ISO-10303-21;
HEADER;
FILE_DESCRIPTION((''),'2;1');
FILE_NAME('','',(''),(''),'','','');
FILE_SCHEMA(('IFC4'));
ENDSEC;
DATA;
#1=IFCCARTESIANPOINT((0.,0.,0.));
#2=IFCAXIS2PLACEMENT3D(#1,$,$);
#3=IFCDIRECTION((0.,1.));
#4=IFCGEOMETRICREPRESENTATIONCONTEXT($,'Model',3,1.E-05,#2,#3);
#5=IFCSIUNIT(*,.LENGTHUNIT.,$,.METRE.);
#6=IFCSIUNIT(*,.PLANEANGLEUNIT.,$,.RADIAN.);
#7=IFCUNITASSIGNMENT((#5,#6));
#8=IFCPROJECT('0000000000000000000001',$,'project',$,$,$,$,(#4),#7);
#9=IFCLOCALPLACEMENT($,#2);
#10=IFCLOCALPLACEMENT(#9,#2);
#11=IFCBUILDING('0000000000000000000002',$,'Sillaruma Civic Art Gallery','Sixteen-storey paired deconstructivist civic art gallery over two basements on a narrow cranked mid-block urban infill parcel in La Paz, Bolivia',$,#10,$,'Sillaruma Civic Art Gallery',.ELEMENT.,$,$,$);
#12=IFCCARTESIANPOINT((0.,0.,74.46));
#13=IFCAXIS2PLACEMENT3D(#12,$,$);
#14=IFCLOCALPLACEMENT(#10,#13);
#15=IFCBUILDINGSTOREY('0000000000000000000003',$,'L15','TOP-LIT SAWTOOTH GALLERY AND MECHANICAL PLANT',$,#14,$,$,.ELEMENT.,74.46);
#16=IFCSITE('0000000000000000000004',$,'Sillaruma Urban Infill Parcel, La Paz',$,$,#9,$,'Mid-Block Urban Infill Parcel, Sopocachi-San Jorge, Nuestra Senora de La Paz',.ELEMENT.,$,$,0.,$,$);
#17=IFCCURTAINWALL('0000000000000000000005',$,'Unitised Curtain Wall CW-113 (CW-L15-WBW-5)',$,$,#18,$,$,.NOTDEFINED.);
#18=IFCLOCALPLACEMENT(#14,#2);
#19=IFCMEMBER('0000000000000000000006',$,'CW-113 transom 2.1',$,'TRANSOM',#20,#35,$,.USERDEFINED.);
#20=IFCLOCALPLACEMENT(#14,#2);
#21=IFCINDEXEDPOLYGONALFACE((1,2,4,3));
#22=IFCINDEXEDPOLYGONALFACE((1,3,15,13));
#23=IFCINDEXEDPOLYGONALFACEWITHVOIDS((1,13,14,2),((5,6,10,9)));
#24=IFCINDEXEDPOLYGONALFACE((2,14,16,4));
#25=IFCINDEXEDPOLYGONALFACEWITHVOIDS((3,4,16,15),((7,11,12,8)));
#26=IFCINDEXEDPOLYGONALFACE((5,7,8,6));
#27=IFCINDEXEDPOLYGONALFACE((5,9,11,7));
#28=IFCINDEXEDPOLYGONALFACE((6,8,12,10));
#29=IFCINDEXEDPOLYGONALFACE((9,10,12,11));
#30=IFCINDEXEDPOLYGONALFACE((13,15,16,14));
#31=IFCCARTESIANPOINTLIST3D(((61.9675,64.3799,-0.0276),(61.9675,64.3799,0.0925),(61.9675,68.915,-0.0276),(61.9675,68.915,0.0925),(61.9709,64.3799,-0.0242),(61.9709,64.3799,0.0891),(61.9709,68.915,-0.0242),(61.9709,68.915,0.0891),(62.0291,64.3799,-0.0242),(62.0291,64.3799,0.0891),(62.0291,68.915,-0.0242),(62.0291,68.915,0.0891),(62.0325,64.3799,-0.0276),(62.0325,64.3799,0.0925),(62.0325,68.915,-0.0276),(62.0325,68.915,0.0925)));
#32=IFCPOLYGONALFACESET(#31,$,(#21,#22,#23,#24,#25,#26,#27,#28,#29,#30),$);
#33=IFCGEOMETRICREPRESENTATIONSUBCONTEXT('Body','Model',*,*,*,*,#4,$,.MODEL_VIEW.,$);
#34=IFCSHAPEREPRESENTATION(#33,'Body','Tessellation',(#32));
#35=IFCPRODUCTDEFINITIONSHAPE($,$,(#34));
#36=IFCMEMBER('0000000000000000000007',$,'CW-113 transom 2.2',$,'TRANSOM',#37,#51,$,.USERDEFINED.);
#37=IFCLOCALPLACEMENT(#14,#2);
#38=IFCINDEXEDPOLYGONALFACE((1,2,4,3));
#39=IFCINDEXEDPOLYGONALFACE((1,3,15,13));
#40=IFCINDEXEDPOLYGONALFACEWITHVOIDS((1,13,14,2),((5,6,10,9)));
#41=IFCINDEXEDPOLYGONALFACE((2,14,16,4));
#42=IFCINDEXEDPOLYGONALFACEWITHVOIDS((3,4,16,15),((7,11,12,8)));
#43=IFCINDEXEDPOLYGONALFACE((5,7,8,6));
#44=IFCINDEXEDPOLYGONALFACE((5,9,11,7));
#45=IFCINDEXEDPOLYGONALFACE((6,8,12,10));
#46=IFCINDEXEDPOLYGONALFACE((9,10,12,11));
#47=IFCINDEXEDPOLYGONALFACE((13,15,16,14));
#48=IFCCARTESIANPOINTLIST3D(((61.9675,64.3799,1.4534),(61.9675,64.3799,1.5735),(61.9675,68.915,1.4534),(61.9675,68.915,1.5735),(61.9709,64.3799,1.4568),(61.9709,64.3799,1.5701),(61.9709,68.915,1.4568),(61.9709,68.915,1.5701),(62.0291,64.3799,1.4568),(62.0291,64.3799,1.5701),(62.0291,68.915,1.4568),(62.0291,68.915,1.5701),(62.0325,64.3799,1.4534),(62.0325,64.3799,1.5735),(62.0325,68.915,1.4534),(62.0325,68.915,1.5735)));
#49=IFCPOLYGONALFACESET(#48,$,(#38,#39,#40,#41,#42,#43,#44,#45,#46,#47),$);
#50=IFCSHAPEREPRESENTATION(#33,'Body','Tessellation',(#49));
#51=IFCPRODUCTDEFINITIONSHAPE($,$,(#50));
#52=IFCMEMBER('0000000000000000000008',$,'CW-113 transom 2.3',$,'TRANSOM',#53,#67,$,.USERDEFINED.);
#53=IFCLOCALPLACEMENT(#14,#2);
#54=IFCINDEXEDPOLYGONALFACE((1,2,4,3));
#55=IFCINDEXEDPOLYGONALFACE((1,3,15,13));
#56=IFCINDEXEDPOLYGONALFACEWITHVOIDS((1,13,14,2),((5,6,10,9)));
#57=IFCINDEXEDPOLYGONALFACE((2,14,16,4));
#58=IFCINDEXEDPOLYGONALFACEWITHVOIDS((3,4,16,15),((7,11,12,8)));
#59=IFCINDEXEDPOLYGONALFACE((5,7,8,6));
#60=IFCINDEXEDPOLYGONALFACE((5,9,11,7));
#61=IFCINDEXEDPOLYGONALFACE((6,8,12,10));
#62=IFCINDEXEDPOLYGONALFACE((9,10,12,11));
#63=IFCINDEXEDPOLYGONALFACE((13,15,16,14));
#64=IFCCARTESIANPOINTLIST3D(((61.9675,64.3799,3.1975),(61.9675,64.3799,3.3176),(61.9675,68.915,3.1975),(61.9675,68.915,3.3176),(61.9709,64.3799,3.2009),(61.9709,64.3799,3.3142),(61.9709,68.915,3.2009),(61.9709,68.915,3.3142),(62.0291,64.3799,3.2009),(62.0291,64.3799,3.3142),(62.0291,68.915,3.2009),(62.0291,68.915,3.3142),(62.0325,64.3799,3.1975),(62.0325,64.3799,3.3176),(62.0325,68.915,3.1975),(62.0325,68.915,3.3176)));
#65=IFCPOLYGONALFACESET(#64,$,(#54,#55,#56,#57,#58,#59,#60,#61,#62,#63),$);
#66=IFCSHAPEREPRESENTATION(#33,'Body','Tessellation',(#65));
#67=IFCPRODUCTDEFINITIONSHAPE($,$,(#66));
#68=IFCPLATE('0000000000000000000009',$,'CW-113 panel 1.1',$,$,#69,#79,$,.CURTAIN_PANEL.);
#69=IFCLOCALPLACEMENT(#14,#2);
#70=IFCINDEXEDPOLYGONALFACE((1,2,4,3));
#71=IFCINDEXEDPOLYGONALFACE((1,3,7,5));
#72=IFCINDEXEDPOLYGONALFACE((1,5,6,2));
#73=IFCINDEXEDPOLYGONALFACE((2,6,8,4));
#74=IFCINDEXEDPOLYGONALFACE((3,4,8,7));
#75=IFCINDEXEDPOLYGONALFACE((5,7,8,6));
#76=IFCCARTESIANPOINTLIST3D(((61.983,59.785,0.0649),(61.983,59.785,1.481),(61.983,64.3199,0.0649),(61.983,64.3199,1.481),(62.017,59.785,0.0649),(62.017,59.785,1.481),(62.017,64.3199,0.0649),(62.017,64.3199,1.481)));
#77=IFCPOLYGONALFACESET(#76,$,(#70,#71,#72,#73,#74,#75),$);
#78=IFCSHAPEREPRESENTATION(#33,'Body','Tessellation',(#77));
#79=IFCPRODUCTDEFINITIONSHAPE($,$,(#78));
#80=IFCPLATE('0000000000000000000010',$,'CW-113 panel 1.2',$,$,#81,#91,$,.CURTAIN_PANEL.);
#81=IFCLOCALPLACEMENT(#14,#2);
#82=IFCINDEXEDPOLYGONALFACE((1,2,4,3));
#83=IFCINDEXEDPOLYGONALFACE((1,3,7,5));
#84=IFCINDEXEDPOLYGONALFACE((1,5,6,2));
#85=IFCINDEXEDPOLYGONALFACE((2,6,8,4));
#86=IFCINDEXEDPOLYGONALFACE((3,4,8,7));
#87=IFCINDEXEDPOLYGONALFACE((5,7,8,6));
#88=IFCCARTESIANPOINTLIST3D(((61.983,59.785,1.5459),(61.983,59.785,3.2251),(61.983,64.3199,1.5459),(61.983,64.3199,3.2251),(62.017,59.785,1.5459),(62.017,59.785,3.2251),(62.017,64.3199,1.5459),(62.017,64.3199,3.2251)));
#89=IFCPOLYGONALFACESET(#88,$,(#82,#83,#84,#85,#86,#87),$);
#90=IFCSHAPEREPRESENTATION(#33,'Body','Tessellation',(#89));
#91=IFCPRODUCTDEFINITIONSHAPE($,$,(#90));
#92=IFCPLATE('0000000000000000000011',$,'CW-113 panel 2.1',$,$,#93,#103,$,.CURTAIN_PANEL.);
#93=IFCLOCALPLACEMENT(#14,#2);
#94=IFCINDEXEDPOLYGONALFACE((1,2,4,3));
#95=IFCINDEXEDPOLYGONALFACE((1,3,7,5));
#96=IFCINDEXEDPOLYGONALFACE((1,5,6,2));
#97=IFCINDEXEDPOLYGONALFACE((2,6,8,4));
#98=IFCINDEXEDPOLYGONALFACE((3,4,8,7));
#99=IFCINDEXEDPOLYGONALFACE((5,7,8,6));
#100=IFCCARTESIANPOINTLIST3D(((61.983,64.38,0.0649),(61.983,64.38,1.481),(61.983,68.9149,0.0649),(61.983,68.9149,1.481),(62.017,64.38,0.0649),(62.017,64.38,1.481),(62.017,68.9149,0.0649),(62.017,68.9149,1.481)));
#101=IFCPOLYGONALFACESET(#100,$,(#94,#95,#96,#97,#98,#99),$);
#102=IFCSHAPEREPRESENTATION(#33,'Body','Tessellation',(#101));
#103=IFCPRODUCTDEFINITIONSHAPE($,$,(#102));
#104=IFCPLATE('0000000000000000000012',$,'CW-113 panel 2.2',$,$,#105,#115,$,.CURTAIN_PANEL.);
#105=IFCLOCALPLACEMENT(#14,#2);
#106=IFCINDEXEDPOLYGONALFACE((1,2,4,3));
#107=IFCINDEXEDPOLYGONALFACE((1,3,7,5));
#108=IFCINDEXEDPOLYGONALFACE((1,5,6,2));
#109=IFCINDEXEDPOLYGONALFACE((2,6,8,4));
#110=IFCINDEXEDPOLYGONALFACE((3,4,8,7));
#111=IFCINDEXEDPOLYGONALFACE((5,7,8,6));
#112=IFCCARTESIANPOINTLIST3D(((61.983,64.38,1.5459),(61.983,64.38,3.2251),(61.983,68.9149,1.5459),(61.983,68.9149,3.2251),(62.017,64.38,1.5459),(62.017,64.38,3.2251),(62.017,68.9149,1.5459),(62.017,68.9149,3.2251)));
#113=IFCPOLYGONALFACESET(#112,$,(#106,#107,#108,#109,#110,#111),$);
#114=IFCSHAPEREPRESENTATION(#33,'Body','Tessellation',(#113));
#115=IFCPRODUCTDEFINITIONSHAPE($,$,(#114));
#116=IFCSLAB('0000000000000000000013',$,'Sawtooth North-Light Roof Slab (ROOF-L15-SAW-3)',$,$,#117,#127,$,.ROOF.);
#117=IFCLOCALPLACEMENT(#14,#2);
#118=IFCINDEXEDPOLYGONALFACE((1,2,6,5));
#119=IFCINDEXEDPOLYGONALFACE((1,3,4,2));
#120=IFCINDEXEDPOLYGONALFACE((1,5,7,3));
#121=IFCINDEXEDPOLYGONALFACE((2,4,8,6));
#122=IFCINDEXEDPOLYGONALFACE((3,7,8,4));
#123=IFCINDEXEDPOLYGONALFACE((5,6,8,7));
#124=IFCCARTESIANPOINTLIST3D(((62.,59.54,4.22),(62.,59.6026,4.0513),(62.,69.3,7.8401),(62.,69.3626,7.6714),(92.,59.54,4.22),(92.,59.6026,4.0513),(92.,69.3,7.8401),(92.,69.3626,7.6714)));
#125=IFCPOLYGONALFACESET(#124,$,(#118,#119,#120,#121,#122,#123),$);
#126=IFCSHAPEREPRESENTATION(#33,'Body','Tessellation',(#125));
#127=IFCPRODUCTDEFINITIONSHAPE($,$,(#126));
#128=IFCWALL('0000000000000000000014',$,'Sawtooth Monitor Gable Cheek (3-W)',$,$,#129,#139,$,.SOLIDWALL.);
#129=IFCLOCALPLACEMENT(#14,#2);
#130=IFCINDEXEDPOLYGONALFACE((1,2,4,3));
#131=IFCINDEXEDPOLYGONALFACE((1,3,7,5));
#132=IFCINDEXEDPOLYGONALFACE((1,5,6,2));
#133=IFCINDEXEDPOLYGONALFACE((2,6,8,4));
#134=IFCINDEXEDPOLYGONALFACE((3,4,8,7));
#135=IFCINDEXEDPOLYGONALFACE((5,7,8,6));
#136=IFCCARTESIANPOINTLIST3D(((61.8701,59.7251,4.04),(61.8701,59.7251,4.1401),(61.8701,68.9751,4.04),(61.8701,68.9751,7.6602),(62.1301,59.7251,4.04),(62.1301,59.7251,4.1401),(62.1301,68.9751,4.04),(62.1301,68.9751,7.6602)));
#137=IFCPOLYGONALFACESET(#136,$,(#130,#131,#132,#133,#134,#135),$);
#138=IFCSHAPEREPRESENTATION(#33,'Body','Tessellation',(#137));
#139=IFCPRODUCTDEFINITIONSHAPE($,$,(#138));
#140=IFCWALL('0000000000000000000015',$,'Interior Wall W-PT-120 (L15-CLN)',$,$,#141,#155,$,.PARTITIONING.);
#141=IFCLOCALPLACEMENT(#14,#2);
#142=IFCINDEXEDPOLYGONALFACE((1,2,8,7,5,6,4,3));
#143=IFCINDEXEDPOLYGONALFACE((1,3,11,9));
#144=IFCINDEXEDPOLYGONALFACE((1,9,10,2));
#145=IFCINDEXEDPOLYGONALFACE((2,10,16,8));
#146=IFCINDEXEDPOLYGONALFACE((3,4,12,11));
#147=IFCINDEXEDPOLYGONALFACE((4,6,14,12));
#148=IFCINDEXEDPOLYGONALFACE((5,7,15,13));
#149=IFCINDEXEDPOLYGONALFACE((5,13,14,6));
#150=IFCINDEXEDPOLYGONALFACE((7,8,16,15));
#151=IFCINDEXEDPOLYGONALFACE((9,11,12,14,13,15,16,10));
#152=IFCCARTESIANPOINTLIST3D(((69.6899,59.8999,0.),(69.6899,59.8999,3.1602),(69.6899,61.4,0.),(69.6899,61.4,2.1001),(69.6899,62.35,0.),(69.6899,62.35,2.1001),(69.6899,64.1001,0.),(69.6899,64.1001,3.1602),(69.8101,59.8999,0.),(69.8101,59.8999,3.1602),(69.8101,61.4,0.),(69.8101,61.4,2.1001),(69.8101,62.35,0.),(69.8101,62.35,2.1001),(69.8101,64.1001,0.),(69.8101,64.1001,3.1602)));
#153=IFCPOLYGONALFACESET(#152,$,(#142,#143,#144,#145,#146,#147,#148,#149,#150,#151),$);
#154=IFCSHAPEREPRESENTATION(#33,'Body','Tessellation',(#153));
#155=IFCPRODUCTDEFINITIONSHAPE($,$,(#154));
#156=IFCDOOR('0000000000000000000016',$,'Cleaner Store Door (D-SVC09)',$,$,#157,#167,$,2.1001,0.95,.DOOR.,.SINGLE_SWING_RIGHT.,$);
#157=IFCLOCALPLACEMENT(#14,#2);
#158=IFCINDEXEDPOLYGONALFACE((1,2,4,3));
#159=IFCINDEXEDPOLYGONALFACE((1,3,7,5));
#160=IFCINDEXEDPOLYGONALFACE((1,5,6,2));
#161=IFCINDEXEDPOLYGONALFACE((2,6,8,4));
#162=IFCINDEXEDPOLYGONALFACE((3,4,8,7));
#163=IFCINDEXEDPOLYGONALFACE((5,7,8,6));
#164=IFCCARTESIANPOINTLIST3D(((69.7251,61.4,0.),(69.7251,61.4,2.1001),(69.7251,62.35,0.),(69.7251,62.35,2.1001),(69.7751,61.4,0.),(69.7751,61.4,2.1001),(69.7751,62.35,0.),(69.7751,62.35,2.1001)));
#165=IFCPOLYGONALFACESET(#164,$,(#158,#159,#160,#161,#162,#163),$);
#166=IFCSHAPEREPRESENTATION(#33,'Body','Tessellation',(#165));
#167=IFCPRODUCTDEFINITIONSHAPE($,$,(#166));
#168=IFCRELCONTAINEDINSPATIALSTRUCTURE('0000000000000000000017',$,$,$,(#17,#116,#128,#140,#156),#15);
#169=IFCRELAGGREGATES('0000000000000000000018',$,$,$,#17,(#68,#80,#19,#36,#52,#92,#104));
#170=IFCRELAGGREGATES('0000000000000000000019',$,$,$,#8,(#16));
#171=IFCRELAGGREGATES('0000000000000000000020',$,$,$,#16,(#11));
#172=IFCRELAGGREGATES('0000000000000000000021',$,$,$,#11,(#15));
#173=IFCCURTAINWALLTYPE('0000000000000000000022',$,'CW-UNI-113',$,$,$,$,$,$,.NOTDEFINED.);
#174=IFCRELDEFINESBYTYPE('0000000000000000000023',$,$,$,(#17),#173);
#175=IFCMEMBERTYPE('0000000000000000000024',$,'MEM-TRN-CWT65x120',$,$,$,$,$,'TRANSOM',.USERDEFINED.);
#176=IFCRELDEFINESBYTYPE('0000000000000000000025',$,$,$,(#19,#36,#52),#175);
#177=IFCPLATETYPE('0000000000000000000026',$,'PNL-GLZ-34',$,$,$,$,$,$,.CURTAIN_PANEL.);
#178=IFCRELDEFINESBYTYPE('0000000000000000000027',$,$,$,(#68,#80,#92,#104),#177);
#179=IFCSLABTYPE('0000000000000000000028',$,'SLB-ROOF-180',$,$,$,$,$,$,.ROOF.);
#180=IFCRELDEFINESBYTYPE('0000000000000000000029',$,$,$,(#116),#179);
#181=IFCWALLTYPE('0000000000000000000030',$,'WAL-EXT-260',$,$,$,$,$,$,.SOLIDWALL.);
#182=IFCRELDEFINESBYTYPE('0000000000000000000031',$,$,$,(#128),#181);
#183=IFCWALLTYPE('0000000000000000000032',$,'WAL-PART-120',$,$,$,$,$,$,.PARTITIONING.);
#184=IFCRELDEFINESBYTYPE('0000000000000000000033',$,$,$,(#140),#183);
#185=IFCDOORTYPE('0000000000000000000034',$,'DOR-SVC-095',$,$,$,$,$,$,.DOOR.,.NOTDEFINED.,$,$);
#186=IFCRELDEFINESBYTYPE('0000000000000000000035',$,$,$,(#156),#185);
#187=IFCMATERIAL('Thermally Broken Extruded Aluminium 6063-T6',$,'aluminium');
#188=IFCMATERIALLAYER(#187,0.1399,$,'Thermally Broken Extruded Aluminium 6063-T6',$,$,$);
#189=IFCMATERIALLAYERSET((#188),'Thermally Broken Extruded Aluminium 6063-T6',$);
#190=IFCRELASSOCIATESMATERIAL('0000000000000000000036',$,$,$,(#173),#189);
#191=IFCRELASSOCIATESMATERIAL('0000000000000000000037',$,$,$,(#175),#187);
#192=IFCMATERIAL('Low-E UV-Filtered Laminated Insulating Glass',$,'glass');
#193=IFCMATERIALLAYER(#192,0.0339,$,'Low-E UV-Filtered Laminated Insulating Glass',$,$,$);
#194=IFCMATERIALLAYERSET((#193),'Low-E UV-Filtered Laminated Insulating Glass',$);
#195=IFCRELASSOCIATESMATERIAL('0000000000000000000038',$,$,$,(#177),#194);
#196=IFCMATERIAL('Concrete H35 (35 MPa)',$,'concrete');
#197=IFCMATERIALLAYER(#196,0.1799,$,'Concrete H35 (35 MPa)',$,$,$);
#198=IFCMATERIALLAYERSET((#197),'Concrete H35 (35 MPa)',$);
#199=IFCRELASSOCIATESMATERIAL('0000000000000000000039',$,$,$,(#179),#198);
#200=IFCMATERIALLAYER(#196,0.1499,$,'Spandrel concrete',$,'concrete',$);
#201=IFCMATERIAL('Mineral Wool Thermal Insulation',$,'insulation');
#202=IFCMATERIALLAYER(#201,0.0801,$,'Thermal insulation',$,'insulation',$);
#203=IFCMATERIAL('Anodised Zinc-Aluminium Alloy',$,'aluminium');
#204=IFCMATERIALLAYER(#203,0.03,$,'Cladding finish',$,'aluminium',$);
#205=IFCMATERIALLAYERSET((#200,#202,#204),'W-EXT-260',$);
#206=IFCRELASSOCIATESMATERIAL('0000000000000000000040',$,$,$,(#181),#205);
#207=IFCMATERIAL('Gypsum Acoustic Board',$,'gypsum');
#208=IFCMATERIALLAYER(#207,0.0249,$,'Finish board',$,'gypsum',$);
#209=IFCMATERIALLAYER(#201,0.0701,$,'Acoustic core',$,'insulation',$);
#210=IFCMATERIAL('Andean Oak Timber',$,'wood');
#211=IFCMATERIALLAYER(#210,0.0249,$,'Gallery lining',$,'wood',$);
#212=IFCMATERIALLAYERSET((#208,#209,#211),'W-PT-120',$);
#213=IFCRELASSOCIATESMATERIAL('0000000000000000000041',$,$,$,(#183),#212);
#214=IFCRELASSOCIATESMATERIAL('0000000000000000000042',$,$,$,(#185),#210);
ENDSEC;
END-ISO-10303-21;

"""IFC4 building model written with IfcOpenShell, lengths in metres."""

from ifc_helpers import new_model, si_unit, direction, frame, frame_2d, origin, origin_2d, place, context, subcontext, project, spatial, polyline, rectangle, hollow_rectangle, outline, extrude, material, layer, layer_set, material_profile, profile_set, type_object, element, fill, aggregate, save


model = new_model("IFC4")

# Units and contexts
model_context = context("Model", 3, precision=1e-05, world=origin(), true_north=direction((0.0, 1.0)))
body_context = subcontext(model_context, "Body", "Model", "MODEL_VIEW")
ifc_project = project(units=[si_unit("LENGTHUNIT", "METRE"), si_unit("PLANEANGLEUNIT", "RADIAN")], contexts=[model_context])

# Site, building, storey
site_placement = place(None, origin())
site = spatial("IfcSite", under=ifc_project, at=site_placement, Name="Sillaruma Urban Infill Parcel, La Paz", LongName="Mid-Block Urban Infill Parcel, Sopocachi-San Jorge, Nuestra Senora de La Paz", CompositionType="ELEMENT", RefElevation=0.0)
building_placement = place(site_placement, origin())
building = spatial("IfcBuilding", under=site, at=building_placement, Name="Sillaruma Civic Art Gallery", Description="Sixteen-storey paired deconstructivist civic art gallery over two basements on a narrow cranked mid-block urban infill parcel in La Paz, Bolivia", LongName="Sillaruma Civic Art Gallery", CompositionType="ELEMENT")
storey_placement = place(building_placement, frame((0.0, 0.0, 74.46)))
storey = spatial("IfcBuildingStorey", under=building, at=storey_placement, Name="L15", Description="TOP-LIT SAWTOOTH GALLERY AND MECHANICAL PLANT", CompositionType="ELEMENT", Elevation=74.46)

# Shared definitions
ifc_material_1 = material(Name="Concrete H35 (35 MPa)", Category="concrete")

# Curtain wall
ifc_material_2 = material(Name="Thermally Broken Extruded Aluminium 6063-T6", Category="aluminium")
ifc_layer_1 = layer(ifc_material_2, 0.1399, Name="Thermally Broken Extruded Aluminium 6063-T6")
ifc_layer_set_1 = layer_set([ifc_layer_1], Name="Thermally Broken Extruded Aluminium 6063-T6")
curtain_wall_type = type_object("IfcCurtainWallType", Name="CW-UNI-113", PredefinedType="NOTDEFINED", material=ifc_layer_set_1)
curtain_wall_placement = place(storey_placement, origin())
curtain_wall = element("IfcCurtainWall", 1, at=curtain_wall_placement, inside=storey, type_object=curtain_wall_type, Name="Unitised Curtain Wall CW-113 (CW-L15-WBW-5)", PredefinedType="NOTDEFINED")

# Members
ifc_material_profile_1 = material_profile(ifc_material_2, hollow_rectangle(XDim=0.0649, YDim=0.1201, WallThickness=0.0034, at=origin_2d()), Name="CWT65x120")
ifc_profile_set_1 = profile_set([ifc_material_profile_1], Name="Thermally Broken Extruded Aluminium 6063-T6")
member_type_1 = type_object("IfcMemberType", Name="MEM-TRN-CWT65x120", ElementType="TRANSOM", PredefinedType="USERDEFINED", material=ifc_profile_set_1)
member_1_placement = place(storey_placement, frame((62.0, 64.3799, 0.0325), z_axis=(0.0, 1.0, 0.0), x_axis=(-1.0, 0.0, 0.0)))
member_1 = element("IfcMember", 2, at=member_1_placement, type_object=member_type_1, Name="CW-113 transom 2.1", ObjectType="TRANSOM", PredefinedType="USERDEFINED", context=body_context, shape_type="SweptSolid", body=[
    extrude(hollow_rectangle(XDim=0.0649, YDim=0.1201, WallThickness=0.0034, at=origin_2d()), origin(), (0.0, 0.0, 1.0), 4.5352),
])
member_2_placement = place(storey_placement, frame((62.0, 64.3799, 1.5134), z_axis=(0.0, 1.0, 0.0), x_axis=(-1.0, 0.0, 0.0)))
member_2 = element("IfcMember", 3, at=member_2_placement, type_object=member_type_1, Name="CW-113 transom 2.2", ObjectType="TRANSOM", PredefinedType="USERDEFINED", context=body_context, shape_type="SweptSolid", body=[
    extrude(hollow_rectangle(XDim=0.0649, YDim=0.1201, WallThickness=0.0034, at=origin_2d()), origin(), (0.0, 0.0, 1.0), 4.5352),
])
member_3_placement = place(storey_placement, frame((62.0, 64.3799, 3.2576), z_axis=(0.0, 1.0, 0.0), x_axis=(-1.0, 0.0, 0.0)))
member_3 = element("IfcMember", 4, at=member_3_placement, type_object=member_type_1, Name="CW-113 transom 2.3", ObjectType="TRANSOM", PredefinedType="USERDEFINED", context=body_context, shape_type="SweptSolid", body=[
    extrude(hollow_rectangle(XDim=0.0649, YDim=0.1201, WallThickness=0.0034, at=origin_2d()), origin(), (0.0, 0.0, 1.0), 4.5352),
])

# Plates
ifc_material_3 = material(Name="Low-E UV-Filtered Laminated Insulating Glass", Category="glass")
ifc_layer_2 = layer(ifc_material_3, 0.0339, Name="Low-E UV-Filtered Laminated Insulating Glass")
ifc_layer_set_2 = layer_set([ifc_layer_2], Name="Low-E UV-Filtered Laminated Insulating Glass")
plate_type = type_object("IfcPlateType", Name="PNL-GLZ-34", PredefinedType="CURTAIN_PANEL", material=ifc_layer_set_2)
plate_1_placement = place(storey_placement, frame((62.0, 62.0525, 0.0649), z_axis=(0.0, 0.0, 1.0), x_axis=(0.0, 1.0, 0.0)))
plate_1 = element("IfcPlate", 5, at=plate_1_placement, type_object=plate_type, Name="CW-113 panel 1.1", PredefinedType="CURTAIN_PANEL", context=body_context, shape_type="SweptSolid", body=[
    extrude(rectangle(XDim=4.5349, YDim=0.0339, at=origin_2d()), origin(), (0.0, 0.0, 1.0), 1.416),
])
plate_2_placement = place(storey_placement, frame((62.0, 62.0525, 1.5459), z_axis=(0.0, 0.0, 1.0), x_axis=(0.0, 1.0, 0.0)))
plate_2 = element("IfcPlate", 6, at=plate_2_placement, type_object=plate_type, Name="CW-113 panel 1.2", PredefinedType="CURTAIN_PANEL", context=body_context, shape_type="SweptSolid", body=[
    extrude(rectangle(XDim=4.5349, YDim=0.0339, at=origin_2d()), origin(), (0.0, 0.0, 1.0), 1.6792),
])
plate_3_placement = place(storey_placement, frame((62.0, 66.6475, 0.0649), z_axis=(0.0, 0.0, 1.0), x_axis=(0.0, 1.0, 0.0)))
plate_3 = element("IfcPlate", 7, at=plate_3_placement, type_object=plate_type, Name="CW-113 panel 2.1", PredefinedType="CURTAIN_PANEL", context=body_context, shape_type="SweptSolid", body=[
    extrude(rectangle(XDim=4.5349, YDim=0.0339, at=origin_2d()), origin(), (0.0, 0.0, 1.0), 1.416),
])
plate_4_placement = place(storey_placement, frame((62.0, 66.6475, 1.5459), z_axis=(0.0, 0.0, 1.0), x_axis=(0.0, 1.0, 0.0)))
plate_4 = element("IfcPlate", 8, at=plate_4_placement, type_object=plate_type, Name="CW-113 panel 2.2", PredefinedType="CURTAIN_PANEL", context=body_context, shape_type="SweptSolid", body=[
    extrude(rectangle(XDim=4.5349, YDim=0.0339, at=origin_2d()), origin(), (0.0, 0.0, 1.0), 1.6792),
])
aggregate(curtain_wall, [plate_1, plate_2, member_1, member_2, member_3, plate_3, plate_4])

# Slab
ifc_layer_3 = layer(ifc_material_1, 0.1799, Name="Concrete H35 (35 MPa)")
ifc_layer_set_3 = layer_set([ifc_layer_3], Name="Concrete H35 (35 MPa)")
slab_type = type_object("IfcSlabType", Name="SLB-ROOF-180", PredefinedType="ROOF", material=ifc_layer_set_3)
slab_placement = place(storey_placement, frame((62.0, 59.54, 4.22), z_axis=(0.0, -0.347762, 0.937583), x_axis=(1.0, 0.0, 0.0)))
element("IfcSlab", 9, at=slab_placement, inside=storey, type_object=slab_type, Name="Sawtooth North-Light Roof Slab (ROOF-L15-SAW-3)", PredefinedType="ROOF", context=body_context, shape_type="SweptSolid", body=[
    extrude(outline(polyline([(0.0, 0.0), (30.0, 0.0), (30.0, 10.4098), (0.0, 10.4098), (0.0, 0.0)])), origin(), (0.0, 0.0, -1.0), 0.1799),
])

# Wall
ifc_layer_4 = layer(ifc_material_1, 0.1499, Name="Spandrel concrete", Category="concrete")
ifc_material_4 = material(Name="Mineral Wool Thermal Insulation", Category="insulation")
ifc_layer_5 = layer(ifc_material_4, 0.0801, Name="Thermal insulation", Category="insulation")
ifc_material_5 = material(Name="Anodised Zinc-Aluminium Alloy", Category="aluminium")
ifc_layer_6 = layer(ifc_material_5, 0.03, Name="Cladding finish", Category="aluminium")
ifc_layer_set_4 = layer_set([ifc_layer_4, ifc_layer_5, ifc_layer_6], Name="W-EXT-260")
wall_type_1 = type_object("IfcWallType", Name="WAL-EXT-260", PredefinedType="SOLIDWALL", material=ifc_layer_set_4)
wall_1_placement = place(storey_placement, frame((62.0, 59.7251, 4.04), z_axis=(0.0, 0.0, 1.0), x_axis=(0.0, 1.0, 0.0)))
element("IfcWall", 10, at=wall_1_placement, inside=storey, type_object=wall_type_1, Name="Sawtooth Monitor Gable Cheek (3-W)", PredefinedType="SOLIDWALL", context=body_context, shape_type="SweptSolid", body=[
    extrude(outline(polyline([(0.0, 0.0), (9.25, 0.0), (9.25, 3.6201), (0.0, 0.1001), (0.0, 0.0)])), frame((0.0, 0.1299, 0.0), z_axis=(0.0, -1.0, 0.0), x_axis=(1.0, 0.0, 0.0)), (0.0, 0.0, 1.0), 0.26),
])

# Wall, opening, door
ifc_material_6 = material(Name="Gypsum Acoustic Board", Category="gypsum")
ifc_layer_7 = layer(ifc_material_6, 0.0249, Name="Finish board", Category="gypsum")
ifc_layer_8 = layer(ifc_material_4, 0.0701, Name="Acoustic core", Category="insulation")
ifc_material_7 = material(Name="Andean Oak Timber", Category="wood")
ifc_layer_9 = layer(ifc_material_7, 0.0249, Name="Gallery lining", Category="wood")
ifc_layer_set_5 = layer_set([ifc_layer_7, ifc_layer_8, ifc_layer_9], Name="W-PT-120")
wall_type_2 = type_object("IfcWallType", Name="WAL-PART-120", PredefinedType="PARTITIONING", material=ifc_layer_set_5)
wall_2_placement = place(storey_placement, frame((69.75, 59.8999, 0.0), z_axis=(0.0, 0.0, 1.0), x_axis=(0.0, 1.0, 0.0)))
wall_2 = element("IfcWall", 11, at=wall_2_placement, inside=storey, type_object=wall_type_2, Name="Interior Wall W-PT-120 (L15-CLN)", PredefinedType="PARTITIONING", context=body_context, shape_type="SweptSolid", body=[
    extrude(rectangle(XDim=4.2002, YDim=0.1201, at=frame_2d((2.1001, 0.0))), origin(), (0.0, 0.0, 1.0), 3.1602),
])
opening_1_placement = place(wall_2_placement, frame((1.5, 0.0, 0.0)))
opening_1 = element("IfcOpeningElement", 12, at=opening_1_placement, cuts=wall_2, PredefinedType="OPENING", context=body_context, shape_type="SweptSolid", body=[
    extrude(rectangle(XDim=0.95, YDim=2.1001, at=frame_2d((0.4751, 1.05))), frame((0.0, 0.0701, 0.0), z_axis=(0.0, -1.0, 0.0), x_axis=(1.0, 0.0, 0.0)), (0.0, 0.0, 1.0), 0.1401),
])
door_type_1 = type_object("IfcDoorType", Name="DOR-SVC-095", OperationType="NOTDEFINED", PredefinedType="DOOR", material=ifc_material_7)
door_1_placement = place(opening_1_placement, origin())
door_1 = element("IfcDoor", 13, at=door_1_placement, inside=storey, type_object=door_type_1, Name="Cleaner Store Door (D-SVC09)", OperationType="SINGLE_SWING_RIGHT", OverallHeight=2.1001, OverallWidth=0.95, PredefinedType="DOOR", context=body_context, shape_type="SweptSolid", body=[
    extrude(rectangle(XDim=0.95, YDim=2.1001, at=frame_2d((0.4751, 1.05))), frame((0.0, 0.0249, 0.0), z_axis=(0.0, -1.0, 0.0), x_axis=(1.0, 0.0, 0.0)), (0.0, 0.0, 1.0), 0.05),
])
fill(opening_1, door_1)

save(model, "model.ifc")
